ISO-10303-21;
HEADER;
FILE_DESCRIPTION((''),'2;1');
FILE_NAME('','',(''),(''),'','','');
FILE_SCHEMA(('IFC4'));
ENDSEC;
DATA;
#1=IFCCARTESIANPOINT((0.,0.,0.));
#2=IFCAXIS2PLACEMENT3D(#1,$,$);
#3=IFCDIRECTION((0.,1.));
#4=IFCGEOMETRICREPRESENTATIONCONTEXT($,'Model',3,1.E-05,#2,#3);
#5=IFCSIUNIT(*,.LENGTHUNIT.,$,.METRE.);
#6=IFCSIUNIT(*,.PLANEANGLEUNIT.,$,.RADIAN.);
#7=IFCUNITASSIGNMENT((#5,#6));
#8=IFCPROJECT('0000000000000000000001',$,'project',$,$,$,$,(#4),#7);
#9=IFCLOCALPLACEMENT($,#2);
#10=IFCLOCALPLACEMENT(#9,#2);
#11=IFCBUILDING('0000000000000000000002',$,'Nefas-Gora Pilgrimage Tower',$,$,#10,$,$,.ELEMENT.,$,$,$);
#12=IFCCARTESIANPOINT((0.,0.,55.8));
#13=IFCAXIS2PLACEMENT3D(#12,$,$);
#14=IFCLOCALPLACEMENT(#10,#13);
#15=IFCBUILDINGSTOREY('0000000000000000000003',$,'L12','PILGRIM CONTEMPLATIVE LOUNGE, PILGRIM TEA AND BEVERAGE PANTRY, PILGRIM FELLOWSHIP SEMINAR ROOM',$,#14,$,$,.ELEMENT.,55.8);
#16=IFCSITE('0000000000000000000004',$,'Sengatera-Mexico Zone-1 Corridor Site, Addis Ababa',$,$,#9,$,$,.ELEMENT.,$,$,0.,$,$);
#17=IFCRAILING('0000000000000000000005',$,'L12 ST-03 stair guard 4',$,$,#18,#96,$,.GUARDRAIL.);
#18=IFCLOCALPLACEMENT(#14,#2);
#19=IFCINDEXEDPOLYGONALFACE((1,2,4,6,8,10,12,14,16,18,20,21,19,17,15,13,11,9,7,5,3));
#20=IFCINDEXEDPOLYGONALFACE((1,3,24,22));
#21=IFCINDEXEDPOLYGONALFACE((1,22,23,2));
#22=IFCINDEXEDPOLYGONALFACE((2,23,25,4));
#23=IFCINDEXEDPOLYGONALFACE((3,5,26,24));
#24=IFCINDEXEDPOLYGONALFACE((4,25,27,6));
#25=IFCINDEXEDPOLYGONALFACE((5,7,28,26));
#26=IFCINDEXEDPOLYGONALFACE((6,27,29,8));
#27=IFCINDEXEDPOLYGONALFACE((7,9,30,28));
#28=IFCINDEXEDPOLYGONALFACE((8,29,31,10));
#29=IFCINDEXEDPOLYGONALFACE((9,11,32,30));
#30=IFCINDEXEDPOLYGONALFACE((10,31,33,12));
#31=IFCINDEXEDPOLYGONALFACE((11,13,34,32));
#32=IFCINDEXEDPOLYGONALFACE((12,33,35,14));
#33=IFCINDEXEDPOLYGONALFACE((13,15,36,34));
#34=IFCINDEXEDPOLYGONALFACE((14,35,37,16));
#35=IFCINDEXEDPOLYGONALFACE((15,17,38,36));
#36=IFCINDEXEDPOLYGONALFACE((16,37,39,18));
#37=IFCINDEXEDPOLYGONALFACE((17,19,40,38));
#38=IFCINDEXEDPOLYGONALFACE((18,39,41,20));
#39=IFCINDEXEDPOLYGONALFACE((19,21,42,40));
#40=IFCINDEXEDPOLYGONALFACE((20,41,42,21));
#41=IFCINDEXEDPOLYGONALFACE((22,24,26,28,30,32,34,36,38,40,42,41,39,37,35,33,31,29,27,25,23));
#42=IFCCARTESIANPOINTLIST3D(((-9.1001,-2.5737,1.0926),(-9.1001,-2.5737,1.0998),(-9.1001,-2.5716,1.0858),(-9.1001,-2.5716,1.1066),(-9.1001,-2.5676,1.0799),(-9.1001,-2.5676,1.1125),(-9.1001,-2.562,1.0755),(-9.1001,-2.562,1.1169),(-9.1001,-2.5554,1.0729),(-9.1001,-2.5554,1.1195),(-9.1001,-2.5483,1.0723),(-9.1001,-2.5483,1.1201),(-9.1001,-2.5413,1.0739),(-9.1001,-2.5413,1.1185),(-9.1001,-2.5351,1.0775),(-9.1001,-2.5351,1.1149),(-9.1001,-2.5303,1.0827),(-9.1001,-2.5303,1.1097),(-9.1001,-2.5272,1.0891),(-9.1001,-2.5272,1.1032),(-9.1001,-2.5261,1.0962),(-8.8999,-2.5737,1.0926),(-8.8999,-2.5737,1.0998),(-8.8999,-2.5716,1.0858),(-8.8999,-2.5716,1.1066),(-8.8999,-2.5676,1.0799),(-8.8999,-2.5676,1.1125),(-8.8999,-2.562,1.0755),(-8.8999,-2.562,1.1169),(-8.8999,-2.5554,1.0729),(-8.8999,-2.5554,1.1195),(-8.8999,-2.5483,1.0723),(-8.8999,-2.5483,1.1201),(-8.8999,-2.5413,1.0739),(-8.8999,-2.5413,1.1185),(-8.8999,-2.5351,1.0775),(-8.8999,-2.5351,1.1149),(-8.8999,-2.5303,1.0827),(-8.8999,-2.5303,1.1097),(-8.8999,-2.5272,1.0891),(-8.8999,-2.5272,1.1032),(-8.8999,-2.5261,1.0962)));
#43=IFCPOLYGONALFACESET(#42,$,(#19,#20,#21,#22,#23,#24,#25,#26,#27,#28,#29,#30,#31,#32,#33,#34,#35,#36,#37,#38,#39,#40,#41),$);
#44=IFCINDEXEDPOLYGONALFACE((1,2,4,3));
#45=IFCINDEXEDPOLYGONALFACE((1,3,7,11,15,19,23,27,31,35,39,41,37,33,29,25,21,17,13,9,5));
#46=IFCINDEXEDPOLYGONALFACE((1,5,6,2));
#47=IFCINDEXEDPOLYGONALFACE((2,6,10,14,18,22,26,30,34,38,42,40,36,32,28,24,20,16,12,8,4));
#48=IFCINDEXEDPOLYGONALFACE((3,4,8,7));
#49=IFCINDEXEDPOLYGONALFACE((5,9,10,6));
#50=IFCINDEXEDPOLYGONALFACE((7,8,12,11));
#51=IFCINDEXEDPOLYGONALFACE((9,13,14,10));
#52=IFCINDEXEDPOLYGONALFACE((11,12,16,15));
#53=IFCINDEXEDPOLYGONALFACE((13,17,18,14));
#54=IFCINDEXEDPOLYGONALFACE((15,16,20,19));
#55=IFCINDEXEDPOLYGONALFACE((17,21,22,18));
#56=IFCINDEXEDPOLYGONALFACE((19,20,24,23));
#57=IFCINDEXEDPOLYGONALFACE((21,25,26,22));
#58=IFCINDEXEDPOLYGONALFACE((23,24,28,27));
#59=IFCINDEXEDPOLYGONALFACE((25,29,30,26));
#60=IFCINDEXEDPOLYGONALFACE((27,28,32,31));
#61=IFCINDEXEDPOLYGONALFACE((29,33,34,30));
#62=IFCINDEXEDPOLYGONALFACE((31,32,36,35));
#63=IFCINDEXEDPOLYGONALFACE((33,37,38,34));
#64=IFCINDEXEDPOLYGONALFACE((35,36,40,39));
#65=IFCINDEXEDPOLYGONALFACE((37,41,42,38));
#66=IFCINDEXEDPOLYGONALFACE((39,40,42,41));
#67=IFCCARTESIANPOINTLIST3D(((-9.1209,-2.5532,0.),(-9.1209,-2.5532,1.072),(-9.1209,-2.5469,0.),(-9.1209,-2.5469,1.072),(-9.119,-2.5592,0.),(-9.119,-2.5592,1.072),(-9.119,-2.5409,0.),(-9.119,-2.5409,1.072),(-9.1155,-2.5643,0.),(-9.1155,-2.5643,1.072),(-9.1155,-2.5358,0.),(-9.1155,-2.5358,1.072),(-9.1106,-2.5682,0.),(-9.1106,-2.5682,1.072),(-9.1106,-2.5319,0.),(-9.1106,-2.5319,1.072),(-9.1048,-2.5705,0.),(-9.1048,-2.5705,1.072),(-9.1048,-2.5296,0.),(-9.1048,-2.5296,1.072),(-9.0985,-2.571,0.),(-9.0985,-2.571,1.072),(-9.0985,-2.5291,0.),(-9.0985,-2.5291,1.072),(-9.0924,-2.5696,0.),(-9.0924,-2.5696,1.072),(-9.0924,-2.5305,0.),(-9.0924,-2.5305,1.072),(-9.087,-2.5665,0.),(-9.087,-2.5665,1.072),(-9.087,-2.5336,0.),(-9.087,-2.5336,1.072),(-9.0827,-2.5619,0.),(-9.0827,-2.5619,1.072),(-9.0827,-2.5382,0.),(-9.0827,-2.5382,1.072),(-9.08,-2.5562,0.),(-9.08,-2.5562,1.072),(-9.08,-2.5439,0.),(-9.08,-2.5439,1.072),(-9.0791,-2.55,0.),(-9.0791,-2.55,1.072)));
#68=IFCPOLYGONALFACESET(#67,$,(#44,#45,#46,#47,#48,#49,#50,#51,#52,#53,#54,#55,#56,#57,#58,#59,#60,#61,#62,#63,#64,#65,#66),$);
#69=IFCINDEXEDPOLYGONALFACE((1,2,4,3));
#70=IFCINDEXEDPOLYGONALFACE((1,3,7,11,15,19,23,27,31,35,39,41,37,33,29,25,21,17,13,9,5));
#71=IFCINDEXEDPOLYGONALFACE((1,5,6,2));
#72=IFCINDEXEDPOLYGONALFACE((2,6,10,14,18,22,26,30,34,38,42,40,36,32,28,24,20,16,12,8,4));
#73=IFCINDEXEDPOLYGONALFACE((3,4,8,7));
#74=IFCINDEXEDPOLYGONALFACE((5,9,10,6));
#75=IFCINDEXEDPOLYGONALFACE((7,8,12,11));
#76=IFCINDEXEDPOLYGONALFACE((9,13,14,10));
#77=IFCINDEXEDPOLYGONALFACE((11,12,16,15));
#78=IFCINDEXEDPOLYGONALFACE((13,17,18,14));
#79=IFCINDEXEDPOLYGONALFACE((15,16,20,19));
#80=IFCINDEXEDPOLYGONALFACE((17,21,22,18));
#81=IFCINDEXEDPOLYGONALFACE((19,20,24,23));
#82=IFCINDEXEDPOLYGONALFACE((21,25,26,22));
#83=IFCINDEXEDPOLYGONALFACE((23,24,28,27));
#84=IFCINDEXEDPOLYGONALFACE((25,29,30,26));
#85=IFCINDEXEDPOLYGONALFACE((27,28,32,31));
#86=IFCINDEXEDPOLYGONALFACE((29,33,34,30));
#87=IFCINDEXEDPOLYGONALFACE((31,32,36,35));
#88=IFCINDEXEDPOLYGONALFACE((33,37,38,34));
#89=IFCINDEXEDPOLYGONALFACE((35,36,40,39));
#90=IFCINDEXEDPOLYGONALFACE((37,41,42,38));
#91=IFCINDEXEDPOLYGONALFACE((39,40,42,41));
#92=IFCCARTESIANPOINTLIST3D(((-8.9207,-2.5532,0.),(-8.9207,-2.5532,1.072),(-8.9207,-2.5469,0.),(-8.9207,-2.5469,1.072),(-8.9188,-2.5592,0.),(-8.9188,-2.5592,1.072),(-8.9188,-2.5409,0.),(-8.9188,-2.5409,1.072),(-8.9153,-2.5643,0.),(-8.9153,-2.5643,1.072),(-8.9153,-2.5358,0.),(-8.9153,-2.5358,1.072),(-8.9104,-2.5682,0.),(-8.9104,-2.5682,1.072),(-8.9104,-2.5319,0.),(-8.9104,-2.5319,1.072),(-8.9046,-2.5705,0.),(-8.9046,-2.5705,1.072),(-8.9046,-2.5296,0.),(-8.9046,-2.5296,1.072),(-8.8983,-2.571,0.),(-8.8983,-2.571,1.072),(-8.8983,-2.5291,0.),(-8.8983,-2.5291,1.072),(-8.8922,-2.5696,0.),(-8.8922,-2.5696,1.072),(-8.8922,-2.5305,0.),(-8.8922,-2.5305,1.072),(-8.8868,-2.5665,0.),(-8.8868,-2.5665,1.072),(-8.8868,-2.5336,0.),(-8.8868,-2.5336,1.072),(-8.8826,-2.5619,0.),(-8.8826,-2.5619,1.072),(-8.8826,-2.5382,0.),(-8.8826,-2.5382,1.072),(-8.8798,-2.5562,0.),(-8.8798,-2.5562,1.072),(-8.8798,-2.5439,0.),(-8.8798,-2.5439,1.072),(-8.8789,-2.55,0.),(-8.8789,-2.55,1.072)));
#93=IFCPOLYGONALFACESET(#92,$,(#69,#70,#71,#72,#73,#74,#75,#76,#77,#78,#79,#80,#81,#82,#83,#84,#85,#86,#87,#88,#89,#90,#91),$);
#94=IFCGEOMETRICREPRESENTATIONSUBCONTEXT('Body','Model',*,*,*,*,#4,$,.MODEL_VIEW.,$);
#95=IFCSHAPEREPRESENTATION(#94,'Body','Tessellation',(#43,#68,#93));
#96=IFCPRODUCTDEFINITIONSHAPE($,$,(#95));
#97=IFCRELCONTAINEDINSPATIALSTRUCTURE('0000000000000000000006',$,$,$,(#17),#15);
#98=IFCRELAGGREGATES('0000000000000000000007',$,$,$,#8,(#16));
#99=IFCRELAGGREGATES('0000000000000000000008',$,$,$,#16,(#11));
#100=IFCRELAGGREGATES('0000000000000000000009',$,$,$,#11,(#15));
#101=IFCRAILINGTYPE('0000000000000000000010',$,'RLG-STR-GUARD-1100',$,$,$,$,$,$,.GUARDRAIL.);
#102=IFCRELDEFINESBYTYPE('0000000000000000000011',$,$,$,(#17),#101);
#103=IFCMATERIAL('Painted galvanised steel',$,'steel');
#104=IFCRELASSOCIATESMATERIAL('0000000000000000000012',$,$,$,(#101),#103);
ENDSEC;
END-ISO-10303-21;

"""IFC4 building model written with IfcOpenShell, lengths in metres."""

from ifc_helpers import new_model, si_unit, direction, frame, origin, origin_2d, place, context, subcontext, project, spatial, circle, extrude, material, type_object, element, save


model = new_model("IFC4")

# Units and contexts
model_context = context("Model", 3, precision=1e-05, world=origin(), true_north=direction((0.0, 1.0)))
body_context = subcontext(model_context, "Body", "Model", "MODEL_VIEW")
ifc_project = project(units=[si_unit("LENGTHUNIT", "METRE"), si_unit("PLANEANGLEUNIT", "RADIAN")], contexts=[model_context])

# Site, building, storey
site_placement = place(None, origin())
site = spatial("IfcSite", under=ifc_project, at=site_placement, Name="Sengatera-Mexico Zone-1 Corridor Site, Addis Ababa", CompositionType="ELEMENT", RefElevation=0.0)
building_placement = place(site_placement, origin())
building = spatial("IfcBuilding", under=site, at=building_placement, Name="Nefas-Gora Pilgrimage Tower", CompositionType="ELEMENT")
storey_placement = place(building_placement, frame((0.0, 0.0, 55.8)))
storey = spatial("IfcBuildingStorey", under=building, at=storey_placement, Name="L12", Description="PILGRIM CONTEMPLATIVE LOUNGE, PILGRIM TEA AND BEVERAGE PANTRY, PILGRIM FELLOWSHIP SEMINAR ROOM", CompositionType="ELEMENT", Elevation=55.8)

# Railing
ifc_material_1 = material(Name="Painted galvanised steel", Category="steel")
railing_type_1 = type_object("IfcRailingType", Name="RLG-STR-GUARD-1100", PredefinedType="GUARDRAIL", material=ifc_material_1)
railing_1_placement = place(storey_placement, frame((-9.1001, -2.55, 0.0)))
element("IfcRailing", 1, at=railing_1_placement, inside=storey, type_object=railing_type_1, Name="L12 ST-03 stair guard 4", PredefinedType="GUARDRAIL", context=body_context, shape_type="SweptSolid", body=[
    extrude(circle(Radius=0.0239, at=origin_2d()), frame((0.0, 0.0, 1.0962), z_axis=(1.0, 0.0, 0.0), x_axis=(0.0, 1.0, 0.0)), (0.0, 0.0, 1.0), 0.2002),
    extrude(circle(Radius=0.021, at=origin_2d()), origin(), (0.0, 0.0, 1.0), 1.072),
    extrude(circle(Radius=0.021, at=origin_2d()), frame((0.2002, 0.0, 0.0)), (0.0, 0.0, 1.0), 1.072),
])

save(model, "model.ifc")
